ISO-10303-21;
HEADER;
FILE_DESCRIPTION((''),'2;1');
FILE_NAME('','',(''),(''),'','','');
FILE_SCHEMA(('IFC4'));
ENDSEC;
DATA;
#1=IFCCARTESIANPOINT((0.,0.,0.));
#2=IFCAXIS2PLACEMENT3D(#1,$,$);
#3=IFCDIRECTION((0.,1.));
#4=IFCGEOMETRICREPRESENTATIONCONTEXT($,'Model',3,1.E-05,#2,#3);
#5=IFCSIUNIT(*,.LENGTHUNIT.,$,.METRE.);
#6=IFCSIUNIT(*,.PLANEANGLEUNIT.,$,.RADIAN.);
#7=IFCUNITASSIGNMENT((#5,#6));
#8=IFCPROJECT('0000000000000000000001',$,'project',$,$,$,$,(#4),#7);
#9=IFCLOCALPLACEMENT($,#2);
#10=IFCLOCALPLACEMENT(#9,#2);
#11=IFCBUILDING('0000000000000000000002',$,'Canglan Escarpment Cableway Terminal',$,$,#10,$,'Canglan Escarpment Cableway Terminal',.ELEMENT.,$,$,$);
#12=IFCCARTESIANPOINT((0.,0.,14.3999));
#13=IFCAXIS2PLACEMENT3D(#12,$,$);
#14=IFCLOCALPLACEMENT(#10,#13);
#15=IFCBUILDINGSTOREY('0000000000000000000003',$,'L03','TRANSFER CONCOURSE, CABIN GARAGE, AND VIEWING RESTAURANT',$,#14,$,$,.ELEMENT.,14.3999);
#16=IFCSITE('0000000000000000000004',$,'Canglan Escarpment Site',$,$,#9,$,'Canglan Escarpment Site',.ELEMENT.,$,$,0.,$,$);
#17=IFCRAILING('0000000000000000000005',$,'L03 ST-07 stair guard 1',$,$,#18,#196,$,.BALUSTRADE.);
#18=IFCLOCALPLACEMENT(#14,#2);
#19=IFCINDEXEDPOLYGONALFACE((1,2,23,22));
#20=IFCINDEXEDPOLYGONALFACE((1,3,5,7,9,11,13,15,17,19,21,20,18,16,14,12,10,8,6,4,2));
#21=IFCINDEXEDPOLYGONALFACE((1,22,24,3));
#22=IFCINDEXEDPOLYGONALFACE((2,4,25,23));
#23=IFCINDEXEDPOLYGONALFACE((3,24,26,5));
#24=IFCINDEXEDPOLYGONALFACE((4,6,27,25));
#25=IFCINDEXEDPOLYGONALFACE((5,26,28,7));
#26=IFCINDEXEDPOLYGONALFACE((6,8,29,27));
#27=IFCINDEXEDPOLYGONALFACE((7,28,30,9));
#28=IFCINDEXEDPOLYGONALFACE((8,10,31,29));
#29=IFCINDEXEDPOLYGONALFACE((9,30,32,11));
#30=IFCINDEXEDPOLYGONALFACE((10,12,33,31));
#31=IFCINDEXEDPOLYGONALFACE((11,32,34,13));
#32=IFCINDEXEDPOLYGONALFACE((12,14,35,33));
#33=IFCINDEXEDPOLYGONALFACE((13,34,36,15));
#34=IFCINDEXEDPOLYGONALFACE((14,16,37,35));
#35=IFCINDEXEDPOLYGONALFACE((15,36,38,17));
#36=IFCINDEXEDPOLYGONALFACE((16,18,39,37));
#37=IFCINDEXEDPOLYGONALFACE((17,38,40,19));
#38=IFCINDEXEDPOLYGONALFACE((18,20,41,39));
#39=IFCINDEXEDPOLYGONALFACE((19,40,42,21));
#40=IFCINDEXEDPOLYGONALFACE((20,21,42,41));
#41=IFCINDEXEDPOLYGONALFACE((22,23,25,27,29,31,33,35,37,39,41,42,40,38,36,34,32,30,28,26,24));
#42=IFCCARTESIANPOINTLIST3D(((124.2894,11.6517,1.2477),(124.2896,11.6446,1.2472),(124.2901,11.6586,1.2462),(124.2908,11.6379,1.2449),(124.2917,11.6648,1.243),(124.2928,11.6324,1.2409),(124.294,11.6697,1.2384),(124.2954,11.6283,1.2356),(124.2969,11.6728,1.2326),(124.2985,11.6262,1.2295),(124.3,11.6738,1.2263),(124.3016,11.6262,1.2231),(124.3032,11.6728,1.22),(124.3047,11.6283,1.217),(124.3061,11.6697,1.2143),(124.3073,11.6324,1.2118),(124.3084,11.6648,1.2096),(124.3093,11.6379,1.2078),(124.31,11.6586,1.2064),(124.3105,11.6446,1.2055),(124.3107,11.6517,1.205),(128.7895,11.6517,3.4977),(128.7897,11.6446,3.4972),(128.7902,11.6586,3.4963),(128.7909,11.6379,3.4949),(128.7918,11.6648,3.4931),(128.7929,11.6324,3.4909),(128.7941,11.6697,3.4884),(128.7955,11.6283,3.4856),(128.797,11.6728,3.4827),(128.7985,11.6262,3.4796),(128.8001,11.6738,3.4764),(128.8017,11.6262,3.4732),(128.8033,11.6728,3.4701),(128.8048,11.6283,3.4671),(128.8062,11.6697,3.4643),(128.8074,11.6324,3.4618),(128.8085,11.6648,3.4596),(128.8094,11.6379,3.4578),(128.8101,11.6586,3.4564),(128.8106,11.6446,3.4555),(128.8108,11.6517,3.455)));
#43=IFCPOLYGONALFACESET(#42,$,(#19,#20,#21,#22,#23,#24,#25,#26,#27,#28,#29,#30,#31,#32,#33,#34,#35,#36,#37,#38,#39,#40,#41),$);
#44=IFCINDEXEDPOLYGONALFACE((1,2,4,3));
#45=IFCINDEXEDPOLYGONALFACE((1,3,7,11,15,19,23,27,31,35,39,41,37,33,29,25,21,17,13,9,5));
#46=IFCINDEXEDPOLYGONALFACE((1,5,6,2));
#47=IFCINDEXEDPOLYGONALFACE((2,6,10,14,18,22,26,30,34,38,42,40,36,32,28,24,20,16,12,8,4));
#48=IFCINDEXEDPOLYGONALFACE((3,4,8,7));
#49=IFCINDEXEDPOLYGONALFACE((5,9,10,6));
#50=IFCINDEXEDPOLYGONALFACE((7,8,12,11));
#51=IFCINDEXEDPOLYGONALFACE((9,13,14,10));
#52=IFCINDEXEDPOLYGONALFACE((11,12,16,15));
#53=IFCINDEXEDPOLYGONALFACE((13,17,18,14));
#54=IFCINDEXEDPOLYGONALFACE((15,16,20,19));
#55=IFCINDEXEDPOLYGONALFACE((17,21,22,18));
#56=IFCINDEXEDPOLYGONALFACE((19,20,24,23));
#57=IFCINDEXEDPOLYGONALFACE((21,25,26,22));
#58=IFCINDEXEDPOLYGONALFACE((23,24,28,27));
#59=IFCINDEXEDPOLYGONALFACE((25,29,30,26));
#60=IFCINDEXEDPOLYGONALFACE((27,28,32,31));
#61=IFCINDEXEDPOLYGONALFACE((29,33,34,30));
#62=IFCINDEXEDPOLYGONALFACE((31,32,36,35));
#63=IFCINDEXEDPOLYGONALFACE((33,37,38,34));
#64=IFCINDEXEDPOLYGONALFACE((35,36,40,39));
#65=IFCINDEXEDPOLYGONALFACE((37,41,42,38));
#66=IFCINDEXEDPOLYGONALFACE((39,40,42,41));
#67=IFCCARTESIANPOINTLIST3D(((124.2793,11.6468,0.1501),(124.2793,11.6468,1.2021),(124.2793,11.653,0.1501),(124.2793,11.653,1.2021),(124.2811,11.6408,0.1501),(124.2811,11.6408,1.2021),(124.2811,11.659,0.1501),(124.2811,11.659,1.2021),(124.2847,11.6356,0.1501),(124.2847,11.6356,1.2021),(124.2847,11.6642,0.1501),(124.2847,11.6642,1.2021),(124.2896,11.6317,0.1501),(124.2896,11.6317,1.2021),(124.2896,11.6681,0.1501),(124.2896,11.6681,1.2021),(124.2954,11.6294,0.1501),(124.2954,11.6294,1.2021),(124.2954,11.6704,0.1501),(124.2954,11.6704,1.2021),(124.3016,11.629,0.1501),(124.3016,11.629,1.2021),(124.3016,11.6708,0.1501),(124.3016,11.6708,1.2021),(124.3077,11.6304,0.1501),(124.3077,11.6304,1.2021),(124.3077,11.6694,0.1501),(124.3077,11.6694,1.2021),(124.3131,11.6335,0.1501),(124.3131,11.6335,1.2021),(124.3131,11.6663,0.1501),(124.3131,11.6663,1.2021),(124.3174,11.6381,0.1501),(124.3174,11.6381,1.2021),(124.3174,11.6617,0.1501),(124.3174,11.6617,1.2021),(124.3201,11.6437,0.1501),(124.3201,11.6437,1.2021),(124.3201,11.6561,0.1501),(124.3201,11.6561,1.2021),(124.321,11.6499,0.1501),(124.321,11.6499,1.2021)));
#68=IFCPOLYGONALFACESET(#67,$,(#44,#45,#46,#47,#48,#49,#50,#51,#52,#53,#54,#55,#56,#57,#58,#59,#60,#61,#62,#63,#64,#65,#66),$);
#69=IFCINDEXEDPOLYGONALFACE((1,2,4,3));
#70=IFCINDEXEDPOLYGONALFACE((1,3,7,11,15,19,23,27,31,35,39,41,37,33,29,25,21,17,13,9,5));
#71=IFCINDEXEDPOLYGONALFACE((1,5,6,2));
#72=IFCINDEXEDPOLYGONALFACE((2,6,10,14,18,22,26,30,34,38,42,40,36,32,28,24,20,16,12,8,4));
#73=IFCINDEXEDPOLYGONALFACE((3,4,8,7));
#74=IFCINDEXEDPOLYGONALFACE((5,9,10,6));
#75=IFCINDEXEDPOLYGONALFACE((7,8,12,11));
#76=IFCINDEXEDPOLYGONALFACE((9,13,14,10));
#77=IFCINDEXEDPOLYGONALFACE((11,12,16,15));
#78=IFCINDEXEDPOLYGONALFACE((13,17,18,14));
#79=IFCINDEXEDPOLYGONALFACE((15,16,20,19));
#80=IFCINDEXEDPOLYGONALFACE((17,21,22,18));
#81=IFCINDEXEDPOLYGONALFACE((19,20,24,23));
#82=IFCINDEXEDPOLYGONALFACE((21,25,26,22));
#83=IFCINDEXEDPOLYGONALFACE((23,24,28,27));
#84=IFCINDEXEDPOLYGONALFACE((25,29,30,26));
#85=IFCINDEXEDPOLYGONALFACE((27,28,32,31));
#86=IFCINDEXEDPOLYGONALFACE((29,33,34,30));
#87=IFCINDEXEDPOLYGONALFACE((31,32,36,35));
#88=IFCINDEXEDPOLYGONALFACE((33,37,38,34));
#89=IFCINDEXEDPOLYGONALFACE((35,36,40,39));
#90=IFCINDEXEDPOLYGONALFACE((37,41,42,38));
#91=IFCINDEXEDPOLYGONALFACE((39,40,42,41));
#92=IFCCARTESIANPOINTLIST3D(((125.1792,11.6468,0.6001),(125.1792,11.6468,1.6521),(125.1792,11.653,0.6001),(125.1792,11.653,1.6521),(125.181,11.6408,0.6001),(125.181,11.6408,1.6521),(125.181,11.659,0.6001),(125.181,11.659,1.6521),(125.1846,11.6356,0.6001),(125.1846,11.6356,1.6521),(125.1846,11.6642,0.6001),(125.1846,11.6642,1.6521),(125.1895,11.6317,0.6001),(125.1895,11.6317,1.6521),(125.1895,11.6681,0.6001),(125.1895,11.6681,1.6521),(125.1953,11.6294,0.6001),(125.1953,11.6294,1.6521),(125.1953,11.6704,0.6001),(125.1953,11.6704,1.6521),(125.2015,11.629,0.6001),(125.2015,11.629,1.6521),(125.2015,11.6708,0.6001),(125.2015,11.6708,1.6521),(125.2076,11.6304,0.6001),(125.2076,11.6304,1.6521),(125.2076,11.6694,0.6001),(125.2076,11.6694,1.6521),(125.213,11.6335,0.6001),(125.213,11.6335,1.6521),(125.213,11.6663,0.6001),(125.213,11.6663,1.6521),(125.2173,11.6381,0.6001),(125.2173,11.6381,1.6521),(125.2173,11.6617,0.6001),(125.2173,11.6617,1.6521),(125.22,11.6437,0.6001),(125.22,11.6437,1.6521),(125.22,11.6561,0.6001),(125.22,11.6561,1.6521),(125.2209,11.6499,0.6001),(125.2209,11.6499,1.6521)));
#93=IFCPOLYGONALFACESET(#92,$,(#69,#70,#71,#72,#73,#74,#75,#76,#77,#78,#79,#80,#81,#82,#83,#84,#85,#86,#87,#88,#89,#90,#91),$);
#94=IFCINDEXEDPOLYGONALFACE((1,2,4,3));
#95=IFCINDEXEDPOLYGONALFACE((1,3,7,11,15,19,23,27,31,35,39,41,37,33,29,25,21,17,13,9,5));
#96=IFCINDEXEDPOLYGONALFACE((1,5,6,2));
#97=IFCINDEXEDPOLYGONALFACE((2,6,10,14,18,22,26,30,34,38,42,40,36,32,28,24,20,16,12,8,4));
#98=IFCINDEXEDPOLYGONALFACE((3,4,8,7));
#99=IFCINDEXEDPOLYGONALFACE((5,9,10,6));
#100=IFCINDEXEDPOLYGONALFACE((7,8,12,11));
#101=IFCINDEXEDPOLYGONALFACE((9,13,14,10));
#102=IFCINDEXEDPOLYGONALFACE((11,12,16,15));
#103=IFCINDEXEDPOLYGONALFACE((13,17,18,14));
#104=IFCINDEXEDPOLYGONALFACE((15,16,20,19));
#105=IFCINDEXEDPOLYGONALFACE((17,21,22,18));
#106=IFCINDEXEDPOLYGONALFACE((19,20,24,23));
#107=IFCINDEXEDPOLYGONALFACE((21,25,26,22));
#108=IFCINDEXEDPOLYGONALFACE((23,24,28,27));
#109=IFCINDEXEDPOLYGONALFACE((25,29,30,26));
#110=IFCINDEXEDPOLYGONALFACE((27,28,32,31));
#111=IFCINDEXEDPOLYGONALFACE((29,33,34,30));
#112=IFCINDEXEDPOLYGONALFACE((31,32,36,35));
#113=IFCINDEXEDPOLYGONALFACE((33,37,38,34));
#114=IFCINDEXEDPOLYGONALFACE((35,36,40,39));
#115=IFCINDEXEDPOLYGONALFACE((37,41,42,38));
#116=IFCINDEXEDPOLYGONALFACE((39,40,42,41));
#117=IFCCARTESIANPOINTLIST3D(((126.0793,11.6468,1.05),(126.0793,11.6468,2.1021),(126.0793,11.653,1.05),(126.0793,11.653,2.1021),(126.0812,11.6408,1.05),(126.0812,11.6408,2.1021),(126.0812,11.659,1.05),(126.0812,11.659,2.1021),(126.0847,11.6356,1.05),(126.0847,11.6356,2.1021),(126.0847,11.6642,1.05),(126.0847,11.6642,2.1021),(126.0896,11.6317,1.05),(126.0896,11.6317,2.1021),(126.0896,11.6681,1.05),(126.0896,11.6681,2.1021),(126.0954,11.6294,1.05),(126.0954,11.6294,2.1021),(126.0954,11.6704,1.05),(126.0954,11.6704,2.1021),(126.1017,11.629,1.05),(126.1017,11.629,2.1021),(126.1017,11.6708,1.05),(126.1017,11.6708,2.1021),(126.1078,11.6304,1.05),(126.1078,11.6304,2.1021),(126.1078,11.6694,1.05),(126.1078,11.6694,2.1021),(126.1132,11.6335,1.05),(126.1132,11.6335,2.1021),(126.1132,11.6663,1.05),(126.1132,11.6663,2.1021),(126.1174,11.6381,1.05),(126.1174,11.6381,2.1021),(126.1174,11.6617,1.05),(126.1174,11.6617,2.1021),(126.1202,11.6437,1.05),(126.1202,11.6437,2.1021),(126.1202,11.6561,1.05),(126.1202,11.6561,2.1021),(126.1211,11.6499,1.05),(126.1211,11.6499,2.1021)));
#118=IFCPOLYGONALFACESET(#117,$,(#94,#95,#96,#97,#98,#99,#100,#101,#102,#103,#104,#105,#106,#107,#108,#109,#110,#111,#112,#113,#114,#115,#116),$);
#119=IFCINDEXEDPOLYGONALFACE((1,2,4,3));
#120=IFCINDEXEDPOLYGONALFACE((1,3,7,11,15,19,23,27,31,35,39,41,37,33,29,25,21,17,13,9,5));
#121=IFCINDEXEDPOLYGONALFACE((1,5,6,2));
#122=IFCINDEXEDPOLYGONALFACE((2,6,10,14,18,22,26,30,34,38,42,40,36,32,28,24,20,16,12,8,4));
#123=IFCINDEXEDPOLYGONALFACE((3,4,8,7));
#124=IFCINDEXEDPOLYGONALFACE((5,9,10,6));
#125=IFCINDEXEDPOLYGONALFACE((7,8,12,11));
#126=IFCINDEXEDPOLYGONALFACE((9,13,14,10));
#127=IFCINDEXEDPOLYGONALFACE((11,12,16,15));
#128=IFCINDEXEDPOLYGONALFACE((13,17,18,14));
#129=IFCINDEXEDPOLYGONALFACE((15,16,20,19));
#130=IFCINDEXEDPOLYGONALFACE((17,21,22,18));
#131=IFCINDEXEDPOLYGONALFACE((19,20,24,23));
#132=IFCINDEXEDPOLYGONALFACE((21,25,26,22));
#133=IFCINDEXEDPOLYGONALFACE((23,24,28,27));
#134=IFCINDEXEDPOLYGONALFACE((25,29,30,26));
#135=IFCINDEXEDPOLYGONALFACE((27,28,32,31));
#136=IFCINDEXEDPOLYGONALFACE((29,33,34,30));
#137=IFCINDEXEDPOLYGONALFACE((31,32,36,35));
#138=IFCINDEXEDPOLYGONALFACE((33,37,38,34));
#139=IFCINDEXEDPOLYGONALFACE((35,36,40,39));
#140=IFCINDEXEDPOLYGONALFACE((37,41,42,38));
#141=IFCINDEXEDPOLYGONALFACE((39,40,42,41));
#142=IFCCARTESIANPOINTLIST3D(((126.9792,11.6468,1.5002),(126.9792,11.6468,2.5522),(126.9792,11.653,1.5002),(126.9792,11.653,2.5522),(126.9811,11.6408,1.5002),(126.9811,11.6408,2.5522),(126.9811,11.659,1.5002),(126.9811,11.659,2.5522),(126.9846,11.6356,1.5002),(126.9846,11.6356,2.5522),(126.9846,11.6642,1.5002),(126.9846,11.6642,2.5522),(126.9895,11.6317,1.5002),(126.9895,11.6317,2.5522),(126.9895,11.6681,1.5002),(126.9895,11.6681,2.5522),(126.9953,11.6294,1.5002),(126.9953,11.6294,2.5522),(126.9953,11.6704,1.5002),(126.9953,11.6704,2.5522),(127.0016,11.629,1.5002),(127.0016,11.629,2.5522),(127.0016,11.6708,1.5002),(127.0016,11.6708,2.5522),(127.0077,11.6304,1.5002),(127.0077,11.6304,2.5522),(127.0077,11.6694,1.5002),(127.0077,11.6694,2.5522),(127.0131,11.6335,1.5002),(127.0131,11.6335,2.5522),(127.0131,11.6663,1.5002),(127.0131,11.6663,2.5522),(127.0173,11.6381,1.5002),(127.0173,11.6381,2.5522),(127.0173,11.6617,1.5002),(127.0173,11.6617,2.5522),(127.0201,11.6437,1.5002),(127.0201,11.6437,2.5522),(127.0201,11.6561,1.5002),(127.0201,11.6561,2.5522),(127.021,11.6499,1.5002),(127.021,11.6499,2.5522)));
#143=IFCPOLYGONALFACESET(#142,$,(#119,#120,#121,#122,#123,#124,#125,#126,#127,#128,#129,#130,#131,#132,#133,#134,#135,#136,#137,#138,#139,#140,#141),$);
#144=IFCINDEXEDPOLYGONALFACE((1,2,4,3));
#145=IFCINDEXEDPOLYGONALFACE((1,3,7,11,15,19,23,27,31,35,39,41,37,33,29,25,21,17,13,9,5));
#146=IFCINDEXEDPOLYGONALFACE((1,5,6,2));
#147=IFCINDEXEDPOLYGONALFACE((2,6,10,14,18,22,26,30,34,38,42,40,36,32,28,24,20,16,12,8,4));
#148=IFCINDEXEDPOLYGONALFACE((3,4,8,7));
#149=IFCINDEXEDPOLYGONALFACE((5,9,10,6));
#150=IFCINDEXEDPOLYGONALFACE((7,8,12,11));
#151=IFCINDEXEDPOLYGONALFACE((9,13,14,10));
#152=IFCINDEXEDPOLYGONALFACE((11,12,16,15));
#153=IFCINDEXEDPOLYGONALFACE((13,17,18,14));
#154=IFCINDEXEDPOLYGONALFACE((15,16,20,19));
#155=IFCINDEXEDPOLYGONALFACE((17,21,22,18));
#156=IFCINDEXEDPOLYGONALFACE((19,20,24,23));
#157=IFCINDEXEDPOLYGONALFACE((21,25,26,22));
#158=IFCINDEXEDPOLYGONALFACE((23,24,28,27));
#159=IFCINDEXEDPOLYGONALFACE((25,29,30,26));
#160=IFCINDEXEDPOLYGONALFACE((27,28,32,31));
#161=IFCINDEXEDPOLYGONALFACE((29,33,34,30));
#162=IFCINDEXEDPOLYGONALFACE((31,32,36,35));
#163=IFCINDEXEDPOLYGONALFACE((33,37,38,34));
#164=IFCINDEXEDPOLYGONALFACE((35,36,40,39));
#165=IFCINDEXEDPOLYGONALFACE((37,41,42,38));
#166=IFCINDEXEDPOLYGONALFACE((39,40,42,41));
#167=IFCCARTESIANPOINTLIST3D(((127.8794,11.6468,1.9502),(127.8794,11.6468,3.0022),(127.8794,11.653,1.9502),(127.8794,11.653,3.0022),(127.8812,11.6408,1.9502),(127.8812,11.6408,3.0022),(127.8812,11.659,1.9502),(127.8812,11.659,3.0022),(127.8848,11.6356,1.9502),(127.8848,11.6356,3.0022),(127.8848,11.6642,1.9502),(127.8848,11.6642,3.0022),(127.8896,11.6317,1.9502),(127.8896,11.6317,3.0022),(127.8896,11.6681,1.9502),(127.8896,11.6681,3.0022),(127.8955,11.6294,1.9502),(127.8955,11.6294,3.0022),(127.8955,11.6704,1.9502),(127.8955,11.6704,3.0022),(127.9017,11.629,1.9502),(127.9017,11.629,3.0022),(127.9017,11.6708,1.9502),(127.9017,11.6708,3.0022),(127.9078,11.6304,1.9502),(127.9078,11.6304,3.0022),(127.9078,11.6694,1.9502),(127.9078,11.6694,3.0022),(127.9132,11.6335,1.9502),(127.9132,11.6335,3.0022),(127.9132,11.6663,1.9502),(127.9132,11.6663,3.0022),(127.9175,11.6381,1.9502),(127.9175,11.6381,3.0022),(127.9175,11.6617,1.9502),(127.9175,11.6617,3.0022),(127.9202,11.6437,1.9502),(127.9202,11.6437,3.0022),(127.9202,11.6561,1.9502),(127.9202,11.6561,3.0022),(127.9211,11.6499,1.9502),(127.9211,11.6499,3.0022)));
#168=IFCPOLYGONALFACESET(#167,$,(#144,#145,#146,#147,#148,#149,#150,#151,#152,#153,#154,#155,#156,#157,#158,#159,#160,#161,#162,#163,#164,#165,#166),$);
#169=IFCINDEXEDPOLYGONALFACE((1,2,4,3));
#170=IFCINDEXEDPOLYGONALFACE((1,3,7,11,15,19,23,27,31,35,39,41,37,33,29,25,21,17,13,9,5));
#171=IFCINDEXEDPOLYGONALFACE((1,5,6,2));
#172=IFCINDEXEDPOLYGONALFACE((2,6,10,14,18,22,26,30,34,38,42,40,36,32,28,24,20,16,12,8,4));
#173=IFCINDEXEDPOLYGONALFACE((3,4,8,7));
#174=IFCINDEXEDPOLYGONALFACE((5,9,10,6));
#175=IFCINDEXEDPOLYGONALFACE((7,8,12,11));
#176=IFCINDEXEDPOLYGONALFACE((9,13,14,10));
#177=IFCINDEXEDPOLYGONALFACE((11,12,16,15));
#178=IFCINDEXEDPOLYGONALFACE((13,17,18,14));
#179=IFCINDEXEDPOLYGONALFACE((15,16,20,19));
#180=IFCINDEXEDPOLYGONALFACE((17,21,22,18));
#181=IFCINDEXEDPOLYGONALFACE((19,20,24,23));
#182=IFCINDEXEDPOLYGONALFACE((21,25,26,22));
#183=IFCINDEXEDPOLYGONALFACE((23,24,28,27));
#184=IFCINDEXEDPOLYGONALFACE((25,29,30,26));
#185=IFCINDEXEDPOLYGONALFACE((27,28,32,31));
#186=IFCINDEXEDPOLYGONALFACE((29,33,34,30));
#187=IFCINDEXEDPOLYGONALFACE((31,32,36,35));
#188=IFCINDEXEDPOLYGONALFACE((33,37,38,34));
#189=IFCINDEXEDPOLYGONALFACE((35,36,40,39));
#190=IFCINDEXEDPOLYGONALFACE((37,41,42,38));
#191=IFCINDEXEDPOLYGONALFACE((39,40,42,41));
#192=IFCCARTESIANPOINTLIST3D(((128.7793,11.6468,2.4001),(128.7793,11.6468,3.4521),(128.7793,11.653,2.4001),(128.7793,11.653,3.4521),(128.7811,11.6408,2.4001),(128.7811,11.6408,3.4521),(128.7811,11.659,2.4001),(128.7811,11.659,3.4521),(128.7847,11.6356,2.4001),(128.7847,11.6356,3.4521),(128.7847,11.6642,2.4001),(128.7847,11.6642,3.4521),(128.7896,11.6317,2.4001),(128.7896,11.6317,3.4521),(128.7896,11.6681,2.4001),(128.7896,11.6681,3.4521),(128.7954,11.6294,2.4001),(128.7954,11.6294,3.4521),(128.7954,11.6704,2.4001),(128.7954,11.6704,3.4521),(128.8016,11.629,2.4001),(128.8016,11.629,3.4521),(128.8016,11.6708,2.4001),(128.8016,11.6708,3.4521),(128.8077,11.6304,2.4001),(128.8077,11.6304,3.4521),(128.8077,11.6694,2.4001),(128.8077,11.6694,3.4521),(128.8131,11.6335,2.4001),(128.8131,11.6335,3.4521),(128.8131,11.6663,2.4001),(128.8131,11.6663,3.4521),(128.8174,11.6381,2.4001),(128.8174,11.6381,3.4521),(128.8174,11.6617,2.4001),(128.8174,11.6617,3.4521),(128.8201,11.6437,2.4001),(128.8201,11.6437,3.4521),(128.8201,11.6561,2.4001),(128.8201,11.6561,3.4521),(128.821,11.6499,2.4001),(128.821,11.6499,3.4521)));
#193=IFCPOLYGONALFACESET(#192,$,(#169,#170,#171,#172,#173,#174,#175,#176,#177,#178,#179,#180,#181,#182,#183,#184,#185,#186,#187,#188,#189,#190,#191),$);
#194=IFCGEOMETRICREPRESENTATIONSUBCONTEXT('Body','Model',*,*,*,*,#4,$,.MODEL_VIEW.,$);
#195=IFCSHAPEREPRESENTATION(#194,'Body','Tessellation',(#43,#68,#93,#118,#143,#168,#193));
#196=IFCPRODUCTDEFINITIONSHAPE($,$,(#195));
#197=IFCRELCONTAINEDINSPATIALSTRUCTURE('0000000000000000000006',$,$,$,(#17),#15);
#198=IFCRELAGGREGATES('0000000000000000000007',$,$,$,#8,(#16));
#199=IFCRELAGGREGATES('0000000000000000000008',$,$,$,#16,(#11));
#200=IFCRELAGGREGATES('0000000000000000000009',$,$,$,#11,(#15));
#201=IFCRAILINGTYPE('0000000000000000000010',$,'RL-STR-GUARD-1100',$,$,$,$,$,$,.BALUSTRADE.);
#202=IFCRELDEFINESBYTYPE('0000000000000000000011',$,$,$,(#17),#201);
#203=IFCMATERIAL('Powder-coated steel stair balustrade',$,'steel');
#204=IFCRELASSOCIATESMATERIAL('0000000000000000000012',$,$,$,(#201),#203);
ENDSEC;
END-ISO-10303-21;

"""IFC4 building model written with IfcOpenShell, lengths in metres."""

from ifc_helpers import new_model, si_unit, direction, frame, origin, origin_2d, place, context, subcontext, project, spatial, circle, extrude, material, type_object, element, save


model = new_model("IFC4")

# Units and contexts
model_context = context("Model", 3, precision=1e-05, world=origin(), true_north=direction((0.0, 1.0)))
body_context = subcontext(model_context, "Body", "Model", "MODEL_VIEW")
ifc_project = project(units=[si_unit("LENGTHUNIT", "METRE"), si_unit("PLANEANGLEUNIT", "RADIAN")], contexts=[model_context])

# Site, building, storey
site_placement = place(None, origin())
site = spatial("IfcSite", under=ifc_project, at=site_placement, Name="Canglan Escarpment Site", LongName="Canglan Escarpment Site", CompositionType="ELEMENT", RefElevation=0.0)
building_placement = place(site_placement, origin())
building = spatial("IfcBuilding", under=site, at=building_placement, Name="Canglan Escarpment Cableway Terminal", LongName="Canglan Escarpment Cableway Terminal", CompositionType="ELEMENT")
storey_placement = place(building_placement, frame((0.0, 0.0, 14.3999)))
storey = spatial("IfcBuildingStorey", under=building, at=storey_placement, Name="L03", Description="TRANSFER CONCOURSE, CABIN GARAGE, AND VIEWING RESTAURANT", CompositionType="ELEMENT", Elevation=14.3999)

# Railing
ifc_material_1 = material(Name="Powder-coated steel stair balustrade", Category="steel")
railing_type_1 = type_object("IfcRailingType", Name="RL-STR-GUARD-1100", PredefinedType="BALUSTRADE", material=ifc_material_1)
railing_1_placement = place(storey_placement, frame((124.3, 11.6499, 0.1501)))
element("IfcRailing", 1, at=railing_1_placement, inside=storey, type_object=railing_type_1, Name="L03 ST-07 stair guard 1", PredefinedType="BALUSTRADE", context=body_context, shape_type="SweptSolid", body=[
    extrude(circle(Radius=0.0239, at=origin_2d()), frame((0.0, 0.0, 1.0762), z_axis=(0.894427, 0.0, 0.447214), x_axis=(0.0, 1.0, 0.0)), (0.0, 0.0, 1.0), 5.0312),
    extrude(circle(Radius=0.021, at=origin_2d()), origin(), (0.0, 0.0, 1.0), 1.052),
    extrude(circle(Radius=0.021, at=origin_2d()), frame((0.8999, 0.0, 0.45)), (0.0, 0.0, 1.0), 1.052),
    extrude(circle(Radius=0.021, at=origin_2d()), frame((1.8, 0.0, 0.8999)), (0.0, 0.0, 1.0), 1.052),
    extrude(circle(Radius=0.021, at=origin_2d()), frame((2.7, 0.0, 1.3501)), (0.0, 0.0, 1.0), 1.052),
    extrude(circle(Radius=0.021, at=origin_2d()), frame((3.6001, 0.0, 1.8)), (0.0, 0.0, 1.0), 1.052),
    extrude(circle(Radius=0.021, at=origin_2d()), frame((4.5, 0.0, 2.25)), (0.0, 0.0, 1.0), 1.052),
])

save(model, "model.ifc")
